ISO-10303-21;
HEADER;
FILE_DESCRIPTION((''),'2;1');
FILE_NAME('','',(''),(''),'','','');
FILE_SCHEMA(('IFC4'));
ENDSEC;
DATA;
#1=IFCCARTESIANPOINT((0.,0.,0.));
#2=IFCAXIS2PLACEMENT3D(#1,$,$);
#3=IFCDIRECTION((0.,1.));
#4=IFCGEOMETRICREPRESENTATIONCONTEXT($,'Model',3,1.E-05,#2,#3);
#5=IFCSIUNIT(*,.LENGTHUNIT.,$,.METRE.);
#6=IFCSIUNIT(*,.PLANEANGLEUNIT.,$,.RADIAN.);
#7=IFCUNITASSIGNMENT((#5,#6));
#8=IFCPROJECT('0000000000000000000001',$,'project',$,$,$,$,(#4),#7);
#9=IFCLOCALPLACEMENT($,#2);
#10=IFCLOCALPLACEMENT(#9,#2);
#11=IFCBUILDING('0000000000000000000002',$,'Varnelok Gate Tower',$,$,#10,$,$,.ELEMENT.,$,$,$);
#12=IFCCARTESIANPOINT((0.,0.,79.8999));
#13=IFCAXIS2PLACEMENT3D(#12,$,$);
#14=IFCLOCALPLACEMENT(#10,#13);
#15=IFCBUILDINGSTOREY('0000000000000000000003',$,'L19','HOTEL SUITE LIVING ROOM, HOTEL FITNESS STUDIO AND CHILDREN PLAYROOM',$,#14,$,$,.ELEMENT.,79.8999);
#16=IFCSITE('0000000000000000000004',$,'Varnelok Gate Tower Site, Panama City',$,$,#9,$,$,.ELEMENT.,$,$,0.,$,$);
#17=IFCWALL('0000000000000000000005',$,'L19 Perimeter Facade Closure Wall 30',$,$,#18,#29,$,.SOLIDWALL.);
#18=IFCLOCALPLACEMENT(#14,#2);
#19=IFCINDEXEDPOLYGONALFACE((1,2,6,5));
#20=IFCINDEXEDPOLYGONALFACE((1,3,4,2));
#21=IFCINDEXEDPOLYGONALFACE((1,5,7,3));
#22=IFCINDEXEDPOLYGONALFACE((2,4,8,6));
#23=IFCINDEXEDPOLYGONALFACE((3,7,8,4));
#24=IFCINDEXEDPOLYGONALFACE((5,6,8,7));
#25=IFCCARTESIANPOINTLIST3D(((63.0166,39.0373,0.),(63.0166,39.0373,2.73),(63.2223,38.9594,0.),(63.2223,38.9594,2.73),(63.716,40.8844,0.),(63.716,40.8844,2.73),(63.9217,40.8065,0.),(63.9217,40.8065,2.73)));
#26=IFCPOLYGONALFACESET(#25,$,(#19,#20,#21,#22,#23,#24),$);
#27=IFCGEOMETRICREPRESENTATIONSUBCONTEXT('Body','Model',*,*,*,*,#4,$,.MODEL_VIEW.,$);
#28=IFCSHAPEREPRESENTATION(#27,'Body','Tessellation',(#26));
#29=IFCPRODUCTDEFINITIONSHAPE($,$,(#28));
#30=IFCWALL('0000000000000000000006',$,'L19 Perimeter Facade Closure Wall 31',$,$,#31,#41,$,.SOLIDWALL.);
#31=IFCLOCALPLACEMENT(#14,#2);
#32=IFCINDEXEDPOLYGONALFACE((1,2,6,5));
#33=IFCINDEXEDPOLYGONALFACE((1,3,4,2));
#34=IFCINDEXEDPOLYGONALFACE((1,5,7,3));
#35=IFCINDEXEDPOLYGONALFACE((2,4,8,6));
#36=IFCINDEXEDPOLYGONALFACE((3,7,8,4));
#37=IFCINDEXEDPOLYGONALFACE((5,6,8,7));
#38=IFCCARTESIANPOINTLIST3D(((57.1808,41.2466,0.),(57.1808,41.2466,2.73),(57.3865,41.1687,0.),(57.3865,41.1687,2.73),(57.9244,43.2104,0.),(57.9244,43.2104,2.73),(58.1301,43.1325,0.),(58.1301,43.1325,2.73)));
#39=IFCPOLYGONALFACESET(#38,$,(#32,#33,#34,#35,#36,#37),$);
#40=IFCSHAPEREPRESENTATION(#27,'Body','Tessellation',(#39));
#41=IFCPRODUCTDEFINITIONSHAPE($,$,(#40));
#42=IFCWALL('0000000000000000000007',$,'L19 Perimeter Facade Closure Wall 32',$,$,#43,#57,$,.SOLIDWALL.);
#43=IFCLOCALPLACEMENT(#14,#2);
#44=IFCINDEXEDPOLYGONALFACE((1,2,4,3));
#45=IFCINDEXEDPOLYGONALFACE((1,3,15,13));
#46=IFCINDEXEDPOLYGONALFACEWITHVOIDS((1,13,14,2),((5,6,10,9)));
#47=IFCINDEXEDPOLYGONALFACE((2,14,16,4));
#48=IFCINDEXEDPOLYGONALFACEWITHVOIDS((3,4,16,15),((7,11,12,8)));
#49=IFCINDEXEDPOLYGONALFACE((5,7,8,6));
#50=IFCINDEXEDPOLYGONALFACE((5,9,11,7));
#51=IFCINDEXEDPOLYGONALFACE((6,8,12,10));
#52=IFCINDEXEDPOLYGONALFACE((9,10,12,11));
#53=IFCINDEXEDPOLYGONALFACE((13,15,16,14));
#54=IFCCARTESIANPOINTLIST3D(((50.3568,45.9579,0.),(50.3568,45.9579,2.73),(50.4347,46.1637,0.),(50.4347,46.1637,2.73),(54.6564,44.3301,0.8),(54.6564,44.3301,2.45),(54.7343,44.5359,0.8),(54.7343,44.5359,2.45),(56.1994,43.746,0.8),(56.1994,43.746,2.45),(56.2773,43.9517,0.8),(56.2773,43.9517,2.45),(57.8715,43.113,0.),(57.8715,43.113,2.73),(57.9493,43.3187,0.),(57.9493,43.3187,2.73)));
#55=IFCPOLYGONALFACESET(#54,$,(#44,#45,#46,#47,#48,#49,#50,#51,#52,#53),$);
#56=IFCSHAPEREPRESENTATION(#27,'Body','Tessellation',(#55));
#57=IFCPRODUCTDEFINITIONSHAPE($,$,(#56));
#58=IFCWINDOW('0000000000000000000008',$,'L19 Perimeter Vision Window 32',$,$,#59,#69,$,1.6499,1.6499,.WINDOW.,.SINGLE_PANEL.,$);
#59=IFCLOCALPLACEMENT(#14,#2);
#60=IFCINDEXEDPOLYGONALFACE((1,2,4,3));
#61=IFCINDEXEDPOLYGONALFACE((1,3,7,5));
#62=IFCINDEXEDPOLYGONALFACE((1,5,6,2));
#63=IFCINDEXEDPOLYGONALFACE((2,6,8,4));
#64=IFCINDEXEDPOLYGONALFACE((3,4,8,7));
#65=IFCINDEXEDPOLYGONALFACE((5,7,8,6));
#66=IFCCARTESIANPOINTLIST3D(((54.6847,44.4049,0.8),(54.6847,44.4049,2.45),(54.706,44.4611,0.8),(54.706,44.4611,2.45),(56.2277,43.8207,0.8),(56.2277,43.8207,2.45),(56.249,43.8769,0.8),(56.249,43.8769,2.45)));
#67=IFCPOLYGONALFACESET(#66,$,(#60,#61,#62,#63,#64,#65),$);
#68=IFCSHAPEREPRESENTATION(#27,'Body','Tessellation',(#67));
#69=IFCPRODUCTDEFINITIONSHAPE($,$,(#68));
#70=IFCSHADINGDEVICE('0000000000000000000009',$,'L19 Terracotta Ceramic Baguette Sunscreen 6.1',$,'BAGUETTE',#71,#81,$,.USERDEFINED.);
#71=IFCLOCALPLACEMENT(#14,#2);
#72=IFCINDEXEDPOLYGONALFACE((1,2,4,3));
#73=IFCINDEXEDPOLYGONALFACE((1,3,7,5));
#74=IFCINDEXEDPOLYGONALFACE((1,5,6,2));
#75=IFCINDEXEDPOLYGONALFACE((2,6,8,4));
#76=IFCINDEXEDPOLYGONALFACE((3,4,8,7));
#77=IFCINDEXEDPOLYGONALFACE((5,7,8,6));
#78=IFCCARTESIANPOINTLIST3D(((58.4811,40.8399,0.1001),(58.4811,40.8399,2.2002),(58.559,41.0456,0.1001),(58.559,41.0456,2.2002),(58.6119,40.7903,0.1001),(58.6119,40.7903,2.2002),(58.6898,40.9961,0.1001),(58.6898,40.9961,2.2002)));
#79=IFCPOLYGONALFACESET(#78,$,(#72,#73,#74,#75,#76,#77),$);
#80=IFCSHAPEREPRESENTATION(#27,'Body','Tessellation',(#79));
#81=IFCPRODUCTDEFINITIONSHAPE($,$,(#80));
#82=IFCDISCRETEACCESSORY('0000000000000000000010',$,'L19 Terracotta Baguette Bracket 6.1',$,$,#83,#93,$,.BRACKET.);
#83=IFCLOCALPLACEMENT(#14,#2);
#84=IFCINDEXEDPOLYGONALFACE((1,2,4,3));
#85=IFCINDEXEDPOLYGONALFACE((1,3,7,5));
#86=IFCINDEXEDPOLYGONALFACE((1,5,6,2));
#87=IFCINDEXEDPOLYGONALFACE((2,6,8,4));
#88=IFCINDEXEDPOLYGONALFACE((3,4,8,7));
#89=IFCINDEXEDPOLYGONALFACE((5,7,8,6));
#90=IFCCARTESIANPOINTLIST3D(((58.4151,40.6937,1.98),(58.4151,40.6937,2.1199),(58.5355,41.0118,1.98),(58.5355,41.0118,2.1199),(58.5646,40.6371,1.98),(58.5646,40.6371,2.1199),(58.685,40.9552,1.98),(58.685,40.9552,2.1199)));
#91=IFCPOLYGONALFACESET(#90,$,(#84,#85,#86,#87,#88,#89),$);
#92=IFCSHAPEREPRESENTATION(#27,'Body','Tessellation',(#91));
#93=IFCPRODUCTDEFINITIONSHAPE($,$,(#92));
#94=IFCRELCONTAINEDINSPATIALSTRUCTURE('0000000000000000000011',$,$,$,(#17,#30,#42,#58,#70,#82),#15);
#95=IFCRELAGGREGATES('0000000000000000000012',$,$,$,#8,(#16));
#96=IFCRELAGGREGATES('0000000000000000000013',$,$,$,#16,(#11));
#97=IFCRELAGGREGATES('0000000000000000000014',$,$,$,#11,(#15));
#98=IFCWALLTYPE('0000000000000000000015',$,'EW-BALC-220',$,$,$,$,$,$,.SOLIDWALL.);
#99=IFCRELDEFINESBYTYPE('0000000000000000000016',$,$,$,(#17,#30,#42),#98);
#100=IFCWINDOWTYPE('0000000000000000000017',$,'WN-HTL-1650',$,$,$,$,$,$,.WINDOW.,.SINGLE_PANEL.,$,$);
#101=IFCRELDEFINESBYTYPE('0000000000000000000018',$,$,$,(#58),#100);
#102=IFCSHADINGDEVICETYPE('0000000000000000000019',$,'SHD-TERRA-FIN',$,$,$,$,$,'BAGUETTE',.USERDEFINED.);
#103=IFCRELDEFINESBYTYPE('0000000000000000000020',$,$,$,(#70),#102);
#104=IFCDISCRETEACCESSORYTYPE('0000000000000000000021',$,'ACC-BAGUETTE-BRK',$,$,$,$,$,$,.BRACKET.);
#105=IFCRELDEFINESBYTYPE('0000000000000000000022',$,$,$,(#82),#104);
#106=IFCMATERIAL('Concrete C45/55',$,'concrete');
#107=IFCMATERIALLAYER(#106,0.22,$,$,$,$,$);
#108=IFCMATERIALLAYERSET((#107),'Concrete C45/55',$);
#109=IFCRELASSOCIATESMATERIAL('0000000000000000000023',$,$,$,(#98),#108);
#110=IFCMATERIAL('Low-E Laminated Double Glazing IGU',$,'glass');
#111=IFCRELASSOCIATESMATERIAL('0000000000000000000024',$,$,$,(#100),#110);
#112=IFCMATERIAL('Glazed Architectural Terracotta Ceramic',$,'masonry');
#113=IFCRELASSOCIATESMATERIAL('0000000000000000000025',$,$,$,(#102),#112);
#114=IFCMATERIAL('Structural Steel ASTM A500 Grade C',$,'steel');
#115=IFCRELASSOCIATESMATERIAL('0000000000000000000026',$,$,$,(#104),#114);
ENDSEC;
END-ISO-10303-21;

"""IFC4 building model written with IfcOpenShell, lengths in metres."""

from ifc_helpers import new_model, si_unit, direction, frame, frame_2d, origin, origin_2d, place, context, subcontext, project, spatial, rectangle, extrude, source, transform, mapped, material, layer, layer_set, type_object, element, fill, save


model = new_model("IFC4")

# Units and contexts
model_context = context("Model", 3, precision=1e-05, world=origin(), true_north=direction((0.0, 1.0)))
body_context = subcontext(model_context, "Body", "Model", "MODEL_VIEW")
ifc_project = project(units=[si_unit("LENGTHUNIT", "METRE"), si_unit("PLANEANGLEUNIT", "RADIAN")], contexts=[model_context])

# Site, building, storey
site_placement = place(None, origin())
site = spatial("IfcSite", under=ifc_project, at=site_placement, Name="Varnelok Gate Tower Site, Panama City", CompositionType="ELEMENT", RefElevation=0.0)
building_placement = place(site_placement, origin())
building = spatial("IfcBuilding", under=site, at=building_placement, Name="Varnelok Gate Tower", CompositionType="ELEMENT")
storey_placement = place(building_placement, frame((0.0, 0.0, 79.8999)))
storey = spatial("IfcBuildingStorey", under=building, at=storey_placement, Name="L19", Description="HOTEL SUITE LIVING ROOM, HOTEL FITNESS STUDIO AND CHILDREN PLAYROOM", CompositionType="ELEMENT", Elevation=79.8999)

# Shared definitions
ifc_material_1 = material(Name="Low-E Laminated Double Glazing IGU", Category="glass")

# Shared definitions
ifc_material_2 = material(Name="Concrete C45/55", Category="concrete")
ifc_layer_1 = layer(ifc_material_2, 0.22)
ifc_layer_set_1 = layer_set([ifc_layer_1], Name="Concrete C45/55")
wall_type = type_object("IfcWallType", Name="EW-BALC-220", PredefinedType="SOLIDWALL", material=ifc_layer_set_1)

# Shared definitions
window_type = type_object("IfcWindowType", Name="WN-HTL-1650", PartitioningType="SINGLE_PANEL", PredefinedType="WINDOW", material=ifc_material_1)

# Walls
wall_1_placement = place(storey_placement, frame((63.8188, 40.8455, 0.0), z_axis=(0.0, 0.0, 1.0), x_axis=(-0.354129, -0.935197, 0.0)))
element("IfcWall", 1, at=wall_1_placement, inside=storey, type_object=wall_type, Name="L19 Perimeter Facade Closure Wall 30", PredefinedType="SOLIDWALL", context=body_context, shape_type="SweptSolid", body=[
    extrude(rectangle(XDim=1.9751, YDim=0.22, at=frame_2d((0.9875, 0.0))), origin(), (0.0, 0.0, 1.0), 2.73),
])
wall_2_placement = place(storey_placement, frame((57.2837, 41.2078, 0.0), z_axis=(0.0, 0.0, 1.0), x_axis=(0.354128, 0.935197, 0.0)))
element("IfcWall", 2, at=wall_2_placement, inside=storey, type_object=wall_type, Name="L19 Perimeter Facade Closure Wall 31", PredefinedType="SOLIDWALL", context=body_context, shape_type="SweptSolid", body=[
    extrude(rectangle(XDim=2.0999, YDim=0.22, at=frame_2d((1.0498, 0.0))), origin(), (0.0, 0.0, 1.0), 2.73),
])

# Wall, opening, window
wall_3_placement = place(storey_placement, frame((57.9104, 43.2158, 0.0), z_axis=(0.0, 0.0, 1.0), x_axis=(-0.935221, 0.354065, 0.0)))
wall_3 = element("IfcWall", 3, at=wall_3_placement, inside=storey, type_object=wall_type, Name="L19 Perimeter Facade Closure Wall 32", PredefinedType="SOLIDWALL", context=body_context, shape_type="SweptSolid", body=[
    extrude(rectangle(XDim=8.0352, YDim=0.22, at=frame_2d((4.0176, 0.0))), origin(), (0.0, 0.0, 1.0), 2.73),
])
opening_1_placement = place(wall_3_placement, frame((1.7878, 0.0, 0.8)))
opening_1 = element("IfcOpeningElement", 4, at=opening_1_placement, cuts=wall_3, PredefinedType="OPENING", context=body_context, shape_type="SweptSolid", body=[
    extrude(rectangle(XDim=1.6499, YDim=1.6499, at=frame_2d((0.825, 0.825))), frame((0.0, 0.1199, 0.0), z_axis=(0.0, -1.0, 0.0), x_axis=(1.0, 0.0, 0.0)), (0.0, 0.0, 1.0), 0.24),
])
window_1_placement = place(opening_1_placement, origin())
window_1 = element("IfcWindow", 5, at=window_1_placement, inside=storey, type_object=window_type, Name="L19 Perimeter Vision Window 32", OverallHeight=1.6499, OverallWidth=1.6499, PartitioningType="SINGLE_PANEL", PredefinedType="WINDOW", context=body_context, shape_type="SweptSolid", body=[
    extrude(rectangle(XDim=1.6499, YDim=1.6499, at=frame_2d((0.825, 0.825))), frame((0.0, 0.03, 0.0), z_axis=(0.0, -1.0, 0.0), x_axis=(1.0, 0.0, 0.0)), (0.0, 0.0, 1.0), 0.0601),
])
fill(opening_1, window_1)

# Shading device
ifc_material_3 = material(Name="Glazed Architectural Terracotta Ceramic", Category="masonry")
shading_device_type = type_object("IfcShadingDeviceType", Name="SHD-TERRA-FIN", ElementType="BAGUETTE", PredefinedType="USERDEFINED", material=ifc_material_3)
shared_shape_1 = source(origin(), body_context, "Body", "SweptSolid", [
    extrude(rectangle(XDim=0.1399, YDim=0.22, at=origin_2d()), origin(), (0.0, 0.0, 1.0), 2.1001),
])
shading_device_placement = place(storey_placement, frame((58.5854, 40.918, 0.1001), z_axis=(0.0, 0.0, 1.0), x_axis=(0.935222, -0.354063, 0.0)))
element("IfcShadingDevice", 6, at=shading_device_placement, inside=storey, type_object=shading_device_type, Name="L19 Terracotta Ceramic Baguette Sunscreen 6.1", ObjectType="BAGUETTE", PredefinedType="USERDEFINED", context=body_context, shape_type="MappedRepresentation", body=[
    mapped(shared_shape_1, transform((0.0, 0.0, 0.0), scale=1.0)),
])

# Discrete accessory
ifc_material_4 = material(Name="Structural Steel ASTM A500 Grade C", Category="steel")
discrete_accessory_type = type_object("IfcDiscreteAccessoryType", Name="ACC-BAGUETTE-BRK", PredefinedType="BRACKET", material=ifc_material_4)
shared_shape_2 = source(origin(), body_context, "Body", "SweptSolid", [
    extrude(rectangle(XDim=0.1599, YDim=0.3401, at=origin_2d()), origin(), (0.0, 0.0, 1.0), 0.1399),
])
discrete_accessory_placement = place(storey_placement, frame((58.55, 40.8245, 1.98), z_axis=(0.0, 0.0, 1.0), x_axis=(0.935222, -0.354063, 0.0)))
element("IfcDiscreteAccessory", 7, at=discrete_accessory_placement, inside=storey, type_object=discrete_accessory_type, Name="L19 Terracotta Baguette Bracket 6.1", PredefinedType="BRACKET", context=body_context, shape_type="MappedRepresentation", body=[
    mapped(shared_shape_2, transform((0.0, 0.0, 0.0), scale=1.0)),
])

save(model, "model.ifc")
